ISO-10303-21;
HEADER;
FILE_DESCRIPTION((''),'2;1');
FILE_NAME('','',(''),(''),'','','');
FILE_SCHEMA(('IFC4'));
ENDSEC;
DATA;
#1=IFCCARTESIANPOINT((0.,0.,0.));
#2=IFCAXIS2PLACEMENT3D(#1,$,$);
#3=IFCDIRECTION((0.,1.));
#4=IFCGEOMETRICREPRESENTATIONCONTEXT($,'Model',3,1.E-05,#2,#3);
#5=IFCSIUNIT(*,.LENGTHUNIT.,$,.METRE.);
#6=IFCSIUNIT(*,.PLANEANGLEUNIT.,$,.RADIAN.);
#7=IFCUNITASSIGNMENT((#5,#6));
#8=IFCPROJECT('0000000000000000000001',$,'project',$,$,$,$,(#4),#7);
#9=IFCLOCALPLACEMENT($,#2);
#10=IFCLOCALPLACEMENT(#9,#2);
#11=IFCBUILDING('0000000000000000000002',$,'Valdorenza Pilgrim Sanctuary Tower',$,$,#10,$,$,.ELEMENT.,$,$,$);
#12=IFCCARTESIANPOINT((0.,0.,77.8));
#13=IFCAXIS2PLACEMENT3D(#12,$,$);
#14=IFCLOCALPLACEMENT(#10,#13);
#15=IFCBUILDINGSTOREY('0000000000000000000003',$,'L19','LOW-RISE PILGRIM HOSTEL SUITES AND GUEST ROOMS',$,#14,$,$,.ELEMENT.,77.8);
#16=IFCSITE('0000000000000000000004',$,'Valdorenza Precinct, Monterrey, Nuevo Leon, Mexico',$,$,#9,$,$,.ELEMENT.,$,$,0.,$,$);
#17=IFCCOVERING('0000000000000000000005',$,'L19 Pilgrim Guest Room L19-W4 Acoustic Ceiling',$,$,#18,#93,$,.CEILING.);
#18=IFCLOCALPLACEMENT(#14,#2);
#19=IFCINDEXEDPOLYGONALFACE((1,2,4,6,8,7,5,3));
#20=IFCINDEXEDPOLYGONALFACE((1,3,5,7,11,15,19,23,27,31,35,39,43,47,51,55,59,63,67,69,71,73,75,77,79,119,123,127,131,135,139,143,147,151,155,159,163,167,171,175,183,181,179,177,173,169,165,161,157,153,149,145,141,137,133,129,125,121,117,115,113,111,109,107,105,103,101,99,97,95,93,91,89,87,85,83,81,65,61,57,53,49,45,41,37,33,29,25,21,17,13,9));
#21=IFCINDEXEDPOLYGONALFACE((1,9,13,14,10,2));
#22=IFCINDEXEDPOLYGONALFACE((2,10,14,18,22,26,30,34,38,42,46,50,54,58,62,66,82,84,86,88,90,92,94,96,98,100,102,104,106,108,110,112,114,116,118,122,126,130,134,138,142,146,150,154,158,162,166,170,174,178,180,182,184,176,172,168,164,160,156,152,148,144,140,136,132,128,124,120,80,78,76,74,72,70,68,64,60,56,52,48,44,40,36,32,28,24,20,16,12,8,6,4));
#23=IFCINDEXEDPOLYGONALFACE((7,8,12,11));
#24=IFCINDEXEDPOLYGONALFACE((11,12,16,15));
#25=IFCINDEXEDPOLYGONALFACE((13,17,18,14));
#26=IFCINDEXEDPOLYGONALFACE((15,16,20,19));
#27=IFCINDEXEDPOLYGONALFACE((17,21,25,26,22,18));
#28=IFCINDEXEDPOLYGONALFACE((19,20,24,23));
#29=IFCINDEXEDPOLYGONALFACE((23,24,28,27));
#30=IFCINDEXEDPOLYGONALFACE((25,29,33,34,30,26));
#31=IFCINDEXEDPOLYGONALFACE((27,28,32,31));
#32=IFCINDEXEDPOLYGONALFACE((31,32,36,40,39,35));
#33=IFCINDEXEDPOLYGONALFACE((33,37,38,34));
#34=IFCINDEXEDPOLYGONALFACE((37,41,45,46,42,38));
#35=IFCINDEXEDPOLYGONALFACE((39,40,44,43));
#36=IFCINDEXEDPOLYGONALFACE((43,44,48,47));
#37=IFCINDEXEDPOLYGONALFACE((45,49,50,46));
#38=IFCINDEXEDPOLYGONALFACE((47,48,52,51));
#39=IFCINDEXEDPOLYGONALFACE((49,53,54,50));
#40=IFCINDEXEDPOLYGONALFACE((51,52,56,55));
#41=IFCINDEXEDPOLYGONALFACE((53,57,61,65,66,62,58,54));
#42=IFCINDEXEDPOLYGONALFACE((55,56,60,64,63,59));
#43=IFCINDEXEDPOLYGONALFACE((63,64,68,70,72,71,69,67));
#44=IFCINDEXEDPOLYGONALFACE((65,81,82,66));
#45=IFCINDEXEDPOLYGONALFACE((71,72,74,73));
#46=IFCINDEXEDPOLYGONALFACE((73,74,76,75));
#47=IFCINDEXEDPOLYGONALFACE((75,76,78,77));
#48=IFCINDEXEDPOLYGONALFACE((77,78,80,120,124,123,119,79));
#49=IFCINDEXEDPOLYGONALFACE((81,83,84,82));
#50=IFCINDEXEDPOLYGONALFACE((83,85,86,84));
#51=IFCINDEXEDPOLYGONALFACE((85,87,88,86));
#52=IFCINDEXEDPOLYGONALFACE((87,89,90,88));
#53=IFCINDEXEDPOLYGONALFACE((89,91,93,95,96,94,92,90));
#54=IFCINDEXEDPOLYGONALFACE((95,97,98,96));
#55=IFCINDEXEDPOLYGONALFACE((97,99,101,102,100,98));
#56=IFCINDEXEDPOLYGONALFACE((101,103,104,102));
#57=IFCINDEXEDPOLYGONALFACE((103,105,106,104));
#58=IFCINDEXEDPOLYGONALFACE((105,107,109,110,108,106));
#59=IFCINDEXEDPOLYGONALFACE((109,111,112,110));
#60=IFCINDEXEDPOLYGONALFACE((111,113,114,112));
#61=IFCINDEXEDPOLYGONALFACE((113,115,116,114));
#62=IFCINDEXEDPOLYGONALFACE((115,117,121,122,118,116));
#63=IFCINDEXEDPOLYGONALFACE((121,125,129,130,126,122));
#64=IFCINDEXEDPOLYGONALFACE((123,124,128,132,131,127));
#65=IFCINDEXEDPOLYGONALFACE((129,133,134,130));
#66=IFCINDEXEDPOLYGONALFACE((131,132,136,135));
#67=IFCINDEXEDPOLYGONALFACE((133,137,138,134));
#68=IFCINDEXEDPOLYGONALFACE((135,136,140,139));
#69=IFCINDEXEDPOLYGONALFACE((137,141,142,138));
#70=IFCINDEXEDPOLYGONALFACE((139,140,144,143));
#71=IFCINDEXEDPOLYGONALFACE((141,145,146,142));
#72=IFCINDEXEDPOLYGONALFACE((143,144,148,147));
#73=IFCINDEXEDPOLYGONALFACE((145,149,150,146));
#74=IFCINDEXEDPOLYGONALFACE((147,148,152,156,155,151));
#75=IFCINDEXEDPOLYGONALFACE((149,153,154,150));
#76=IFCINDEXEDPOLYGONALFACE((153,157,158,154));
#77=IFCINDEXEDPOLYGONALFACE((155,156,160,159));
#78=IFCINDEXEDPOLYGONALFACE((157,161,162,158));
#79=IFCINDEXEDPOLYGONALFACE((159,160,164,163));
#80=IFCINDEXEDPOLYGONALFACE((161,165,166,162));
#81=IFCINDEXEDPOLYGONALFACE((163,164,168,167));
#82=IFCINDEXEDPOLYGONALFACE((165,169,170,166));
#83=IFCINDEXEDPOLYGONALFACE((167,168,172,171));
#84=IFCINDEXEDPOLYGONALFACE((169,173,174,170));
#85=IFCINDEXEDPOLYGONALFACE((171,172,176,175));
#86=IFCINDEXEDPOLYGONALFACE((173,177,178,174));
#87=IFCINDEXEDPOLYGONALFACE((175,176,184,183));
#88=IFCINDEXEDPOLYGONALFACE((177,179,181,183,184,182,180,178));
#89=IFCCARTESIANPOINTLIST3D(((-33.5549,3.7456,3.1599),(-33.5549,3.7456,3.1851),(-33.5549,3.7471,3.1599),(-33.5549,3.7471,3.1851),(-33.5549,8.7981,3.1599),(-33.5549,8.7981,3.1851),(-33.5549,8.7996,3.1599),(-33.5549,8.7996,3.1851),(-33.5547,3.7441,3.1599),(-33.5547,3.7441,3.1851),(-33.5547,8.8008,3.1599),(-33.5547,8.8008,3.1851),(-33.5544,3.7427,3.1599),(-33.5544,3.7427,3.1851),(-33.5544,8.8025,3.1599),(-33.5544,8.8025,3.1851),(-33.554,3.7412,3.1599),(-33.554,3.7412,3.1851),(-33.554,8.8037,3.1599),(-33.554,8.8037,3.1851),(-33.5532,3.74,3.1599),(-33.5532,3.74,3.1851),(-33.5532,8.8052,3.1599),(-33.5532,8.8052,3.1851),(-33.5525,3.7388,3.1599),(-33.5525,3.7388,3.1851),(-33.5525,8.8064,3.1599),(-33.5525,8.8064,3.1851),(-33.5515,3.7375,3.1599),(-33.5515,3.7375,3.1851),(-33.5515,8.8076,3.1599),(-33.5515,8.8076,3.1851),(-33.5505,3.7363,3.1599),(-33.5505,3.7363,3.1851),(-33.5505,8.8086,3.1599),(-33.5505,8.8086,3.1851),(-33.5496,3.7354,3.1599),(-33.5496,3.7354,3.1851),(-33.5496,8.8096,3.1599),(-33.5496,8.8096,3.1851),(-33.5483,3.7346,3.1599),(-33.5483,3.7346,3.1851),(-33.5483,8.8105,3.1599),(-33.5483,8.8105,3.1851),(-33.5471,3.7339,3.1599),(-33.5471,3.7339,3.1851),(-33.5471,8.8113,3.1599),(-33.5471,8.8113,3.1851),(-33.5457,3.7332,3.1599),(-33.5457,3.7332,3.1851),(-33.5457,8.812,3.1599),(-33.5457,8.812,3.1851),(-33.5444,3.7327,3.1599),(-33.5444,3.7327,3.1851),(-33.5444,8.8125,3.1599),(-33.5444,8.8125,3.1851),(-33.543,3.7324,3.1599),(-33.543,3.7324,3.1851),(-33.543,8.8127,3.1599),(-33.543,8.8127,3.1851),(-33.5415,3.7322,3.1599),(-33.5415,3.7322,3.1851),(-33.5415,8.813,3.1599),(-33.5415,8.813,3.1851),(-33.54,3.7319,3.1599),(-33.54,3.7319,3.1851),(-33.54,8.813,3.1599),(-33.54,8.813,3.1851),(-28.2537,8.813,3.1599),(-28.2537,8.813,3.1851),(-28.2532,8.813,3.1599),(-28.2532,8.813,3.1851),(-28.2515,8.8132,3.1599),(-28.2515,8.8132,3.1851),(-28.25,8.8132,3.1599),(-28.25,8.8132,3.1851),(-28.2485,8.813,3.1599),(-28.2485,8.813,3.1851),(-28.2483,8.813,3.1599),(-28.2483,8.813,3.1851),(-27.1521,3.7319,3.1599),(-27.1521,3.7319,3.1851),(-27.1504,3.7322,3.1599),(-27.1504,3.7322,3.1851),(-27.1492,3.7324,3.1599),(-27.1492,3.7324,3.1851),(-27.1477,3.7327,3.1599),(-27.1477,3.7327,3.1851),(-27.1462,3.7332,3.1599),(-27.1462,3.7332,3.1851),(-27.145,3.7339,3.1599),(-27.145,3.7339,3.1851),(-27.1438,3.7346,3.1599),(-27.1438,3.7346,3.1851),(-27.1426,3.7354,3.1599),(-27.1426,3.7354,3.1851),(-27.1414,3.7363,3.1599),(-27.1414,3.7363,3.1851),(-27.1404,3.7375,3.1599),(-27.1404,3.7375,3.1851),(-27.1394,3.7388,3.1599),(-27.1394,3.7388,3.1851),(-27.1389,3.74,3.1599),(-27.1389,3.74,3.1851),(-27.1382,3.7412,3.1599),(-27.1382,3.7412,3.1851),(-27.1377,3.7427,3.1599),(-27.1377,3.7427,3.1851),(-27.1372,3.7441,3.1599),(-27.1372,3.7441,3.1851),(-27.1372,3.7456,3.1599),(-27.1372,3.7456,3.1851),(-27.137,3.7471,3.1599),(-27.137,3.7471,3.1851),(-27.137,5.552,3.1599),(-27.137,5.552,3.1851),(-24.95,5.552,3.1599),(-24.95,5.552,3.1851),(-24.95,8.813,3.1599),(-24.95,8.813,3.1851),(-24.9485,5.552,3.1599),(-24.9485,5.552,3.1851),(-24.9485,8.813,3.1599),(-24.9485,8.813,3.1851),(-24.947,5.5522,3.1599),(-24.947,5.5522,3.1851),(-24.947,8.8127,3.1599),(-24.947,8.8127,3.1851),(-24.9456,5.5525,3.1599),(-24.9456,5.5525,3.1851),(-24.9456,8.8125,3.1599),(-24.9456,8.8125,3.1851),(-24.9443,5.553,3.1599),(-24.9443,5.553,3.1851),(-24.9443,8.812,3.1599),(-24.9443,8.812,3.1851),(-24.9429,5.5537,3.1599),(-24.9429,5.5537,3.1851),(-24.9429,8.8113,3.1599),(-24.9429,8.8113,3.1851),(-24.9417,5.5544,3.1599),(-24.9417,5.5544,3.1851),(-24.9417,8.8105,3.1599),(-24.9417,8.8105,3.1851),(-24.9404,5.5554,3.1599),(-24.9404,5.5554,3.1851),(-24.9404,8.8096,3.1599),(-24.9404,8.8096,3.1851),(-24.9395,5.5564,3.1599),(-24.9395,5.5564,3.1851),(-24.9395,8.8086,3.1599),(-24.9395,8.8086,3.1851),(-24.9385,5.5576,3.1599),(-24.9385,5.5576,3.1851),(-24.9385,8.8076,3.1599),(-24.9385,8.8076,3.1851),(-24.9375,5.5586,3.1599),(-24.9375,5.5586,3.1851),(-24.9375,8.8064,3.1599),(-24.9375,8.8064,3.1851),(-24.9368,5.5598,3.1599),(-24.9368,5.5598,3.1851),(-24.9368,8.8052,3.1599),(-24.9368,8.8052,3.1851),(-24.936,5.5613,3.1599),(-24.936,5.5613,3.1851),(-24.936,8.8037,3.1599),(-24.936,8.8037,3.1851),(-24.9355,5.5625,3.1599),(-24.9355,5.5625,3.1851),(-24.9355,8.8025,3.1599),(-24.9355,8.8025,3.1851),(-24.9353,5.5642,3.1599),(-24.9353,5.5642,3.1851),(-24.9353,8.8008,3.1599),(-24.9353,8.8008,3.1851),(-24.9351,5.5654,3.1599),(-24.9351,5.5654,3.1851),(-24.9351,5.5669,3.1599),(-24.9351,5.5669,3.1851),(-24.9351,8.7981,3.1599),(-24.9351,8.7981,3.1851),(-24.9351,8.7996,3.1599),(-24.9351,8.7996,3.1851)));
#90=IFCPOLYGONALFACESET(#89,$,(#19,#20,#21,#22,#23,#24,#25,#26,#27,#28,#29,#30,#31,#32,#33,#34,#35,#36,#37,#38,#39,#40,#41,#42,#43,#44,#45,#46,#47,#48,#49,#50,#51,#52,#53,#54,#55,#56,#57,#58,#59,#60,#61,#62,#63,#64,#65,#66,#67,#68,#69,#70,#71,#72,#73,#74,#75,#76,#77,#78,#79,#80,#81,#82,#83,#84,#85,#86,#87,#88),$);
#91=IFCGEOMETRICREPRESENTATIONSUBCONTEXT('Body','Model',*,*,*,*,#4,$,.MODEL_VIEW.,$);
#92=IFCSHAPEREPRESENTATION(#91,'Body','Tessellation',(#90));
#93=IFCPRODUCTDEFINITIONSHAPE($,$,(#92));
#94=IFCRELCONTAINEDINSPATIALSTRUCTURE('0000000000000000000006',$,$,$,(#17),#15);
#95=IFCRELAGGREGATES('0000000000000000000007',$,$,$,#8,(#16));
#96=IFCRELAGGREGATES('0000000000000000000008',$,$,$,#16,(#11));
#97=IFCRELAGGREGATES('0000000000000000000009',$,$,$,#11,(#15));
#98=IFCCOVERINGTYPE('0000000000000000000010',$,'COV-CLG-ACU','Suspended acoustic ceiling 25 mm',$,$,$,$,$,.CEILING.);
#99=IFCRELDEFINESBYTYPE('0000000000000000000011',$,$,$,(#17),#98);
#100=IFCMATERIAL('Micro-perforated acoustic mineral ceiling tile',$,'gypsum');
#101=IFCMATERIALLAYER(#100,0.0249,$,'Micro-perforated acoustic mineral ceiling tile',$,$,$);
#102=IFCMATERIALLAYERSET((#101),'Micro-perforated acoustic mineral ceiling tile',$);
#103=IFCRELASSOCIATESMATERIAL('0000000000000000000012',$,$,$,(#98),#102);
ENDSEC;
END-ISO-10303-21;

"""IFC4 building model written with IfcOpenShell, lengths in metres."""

from ifc_helpers import new_model, si_unit, direction, frame, origin, place, context, subcontext, project, spatial, polyline, outline, extrude, material, layer, layer_set, type_object, element, save


model = new_model("IFC4")

# Units and contexts
model_context = context("Model", 3, precision=1e-05, world=origin(), true_north=direction((0.0, 1.0)))
body_context = subcontext(model_context, "Body", "Model", "MODEL_VIEW")
ifc_project = project(units=[si_unit("LENGTHUNIT", "METRE"), si_unit("PLANEANGLEUNIT", "RADIAN")], contexts=[model_context])

# Site, building, storey
site_placement = place(None, origin())
site = spatial("IfcSite", under=ifc_project, at=site_placement, Name="Valdorenza Precinct, Monterrey, Nuevo Leon, Mexico", CompositionType="ELEMENT", RefElevation=0.0)
building_placement = place(site_placement, origin())
building = spatial("IfcBuilding", under=site, at=building_placement, Name="Valdorenza Pilgrim Sanctuary Tower", CompositionType="ELEMENT")
storey_placement = place(building_placement, frame((0.0, 0.0, 77.8)))
storey = spatial("IfcBuildingStorey", under=building, at=storey_placement, Name="L19", Description="LOW-RISE PILGRIM HOSTEL SUITES AND GUEST ROOMS", CompositionType="ELEMENT", Elevation=77.8)

# Covering
ifc_material_1 = material(Name="Micro-perforated acoustic mineral ceiling tile", Category="gypsum")
ifc_layer_1 = layer(ifc_material_1, 0.0249, Name="Micro-perforated acoustic mineral ceiling tile")
ifc_layer_set_1 = layer_set([ifc_layer_1], Name="Micro-perforated acoustic mineral ceiling tile")
covering_type_1 = type_object("IfcCoveringType", Name="COV-CLG-ACU", Description="Suspended acoustic ceiling 25 mm", PredefinedType="CEILING", material=ifc_layer_set_1)
covering_1_placement = place(storey_placement, frame((0.0, 0.0, 3.1599)))
element("IfcCovering", 1, at=covering_1_placement, inside=storey, type_object=covering_type_1, Name="L19 Pilgrim Guest Room L19-W4 Acoustic Ceiling", PredefinedType="CEILING", context=body_context, shape_type="SweptSolid", body=[
    extrude(outline(polyline([(-28.2537, 8.813), (-28.2532, 8.813), (-28.2515, 8.8132), (-28.25, 8.8132), (-28.2485, 8.813), (-28.2483, 8.813), (-24.95, 8.813), (-24.9485, 8.813), (-24.947, 8.8127), (-24.9456, 8.8125), (-24.9443, 8.812), (-24.9429, 8.8113), (-24.9417, 8.8105), (-24.9404, 8.8096), (-24.9395, 8.8086), (-24.9385, 8.8076), (-24.9375, 8.8064), (-24.9368, 8.8052), (-24.936, 8.8037), (-24.9355, 8.8025), (-24.9353, 8.8008), (-24.9351, 8.7996), (-24.9351, 8.7981), (-24.9351, 5.5669), (-24.9351, 5.5654), (-24.9353, 5.5642), (-24.9355, 5.5625), (-24.936, 5.5613), (-24.9368, 5.5598), (-24.9375, 5.5586), (-24.9385, 5.5576), (-24.9395, 5.5564), (-24.9404, 5.5554), (-24.9417, 5.5544), (-24.9429, 5.5537), (-24.9443, 5.553), (-24.9456, 5.5525), (-24.947, 5.5522), (-24.9485, 5.552), (-24.95, 5.552), (-27.137, 5.552), (-27.137, 3.7471), (-27.1372, 3.7456), (-27.1372, 3.7441), (-27.1377, 3.7427), (-27.1382, 3.7412), (-27.1389, 3.74), (-27.1394, 3.7388), (-27.1404, 3.7375), (-27.1414, 3.7363), (-27.1426, 3.7354), (-27.1438, 3.7346), (-27.145, 3.7339), (-27.1462, 3.7332), (-27.1477, 3.7327), (-27.1492, 3.7324), (-27.1504, 3.7322), (-27.1521, 3.7319), (-33.54, 3.7319), (-33.5415, 3.7322), (-33.543, 3.7324), (-33.5444, 3.7327), (-33.5457, 3.7332), (-33.5471, 3.7339), (-33.5483, 3.7346), (-33.5496, 3.7354), (-33.5505, 3.7363), (-33.5515, 3.7375), (-33.5525, 3.7388), (-33.5532, 3.74), (-33.554, 3.7412), (-33.5544, 3.7427), (-33.5547, 3.7441), (-33.5549, 3.7456), (-33.5549, 3.7471), (-33.5549, 8.7981), (-33.5549, 8.7996), (-33.5547, 8.8008), (-33.5544, 8.8025), (-33.554, 8.8037), (-33.5532, 8.8052), (-33.5525, 8.8064), (-33.5515, 8.8076), (-33.5505, 8.8086), (-33.5496, 8.8096), (-33.5483, 8.8105), (-33.5471, 8.8113), (-33.5457, 8.812), (-33.5444, 8.8125), (-33.543, 8.8127), (-33.5415, 8.813), (-33.54, 8.813), (-28.2537, 8.813)])), origin(), (0.0, 0.0, 1.0), 0.0251),
])

save(model, "model.ifc")
